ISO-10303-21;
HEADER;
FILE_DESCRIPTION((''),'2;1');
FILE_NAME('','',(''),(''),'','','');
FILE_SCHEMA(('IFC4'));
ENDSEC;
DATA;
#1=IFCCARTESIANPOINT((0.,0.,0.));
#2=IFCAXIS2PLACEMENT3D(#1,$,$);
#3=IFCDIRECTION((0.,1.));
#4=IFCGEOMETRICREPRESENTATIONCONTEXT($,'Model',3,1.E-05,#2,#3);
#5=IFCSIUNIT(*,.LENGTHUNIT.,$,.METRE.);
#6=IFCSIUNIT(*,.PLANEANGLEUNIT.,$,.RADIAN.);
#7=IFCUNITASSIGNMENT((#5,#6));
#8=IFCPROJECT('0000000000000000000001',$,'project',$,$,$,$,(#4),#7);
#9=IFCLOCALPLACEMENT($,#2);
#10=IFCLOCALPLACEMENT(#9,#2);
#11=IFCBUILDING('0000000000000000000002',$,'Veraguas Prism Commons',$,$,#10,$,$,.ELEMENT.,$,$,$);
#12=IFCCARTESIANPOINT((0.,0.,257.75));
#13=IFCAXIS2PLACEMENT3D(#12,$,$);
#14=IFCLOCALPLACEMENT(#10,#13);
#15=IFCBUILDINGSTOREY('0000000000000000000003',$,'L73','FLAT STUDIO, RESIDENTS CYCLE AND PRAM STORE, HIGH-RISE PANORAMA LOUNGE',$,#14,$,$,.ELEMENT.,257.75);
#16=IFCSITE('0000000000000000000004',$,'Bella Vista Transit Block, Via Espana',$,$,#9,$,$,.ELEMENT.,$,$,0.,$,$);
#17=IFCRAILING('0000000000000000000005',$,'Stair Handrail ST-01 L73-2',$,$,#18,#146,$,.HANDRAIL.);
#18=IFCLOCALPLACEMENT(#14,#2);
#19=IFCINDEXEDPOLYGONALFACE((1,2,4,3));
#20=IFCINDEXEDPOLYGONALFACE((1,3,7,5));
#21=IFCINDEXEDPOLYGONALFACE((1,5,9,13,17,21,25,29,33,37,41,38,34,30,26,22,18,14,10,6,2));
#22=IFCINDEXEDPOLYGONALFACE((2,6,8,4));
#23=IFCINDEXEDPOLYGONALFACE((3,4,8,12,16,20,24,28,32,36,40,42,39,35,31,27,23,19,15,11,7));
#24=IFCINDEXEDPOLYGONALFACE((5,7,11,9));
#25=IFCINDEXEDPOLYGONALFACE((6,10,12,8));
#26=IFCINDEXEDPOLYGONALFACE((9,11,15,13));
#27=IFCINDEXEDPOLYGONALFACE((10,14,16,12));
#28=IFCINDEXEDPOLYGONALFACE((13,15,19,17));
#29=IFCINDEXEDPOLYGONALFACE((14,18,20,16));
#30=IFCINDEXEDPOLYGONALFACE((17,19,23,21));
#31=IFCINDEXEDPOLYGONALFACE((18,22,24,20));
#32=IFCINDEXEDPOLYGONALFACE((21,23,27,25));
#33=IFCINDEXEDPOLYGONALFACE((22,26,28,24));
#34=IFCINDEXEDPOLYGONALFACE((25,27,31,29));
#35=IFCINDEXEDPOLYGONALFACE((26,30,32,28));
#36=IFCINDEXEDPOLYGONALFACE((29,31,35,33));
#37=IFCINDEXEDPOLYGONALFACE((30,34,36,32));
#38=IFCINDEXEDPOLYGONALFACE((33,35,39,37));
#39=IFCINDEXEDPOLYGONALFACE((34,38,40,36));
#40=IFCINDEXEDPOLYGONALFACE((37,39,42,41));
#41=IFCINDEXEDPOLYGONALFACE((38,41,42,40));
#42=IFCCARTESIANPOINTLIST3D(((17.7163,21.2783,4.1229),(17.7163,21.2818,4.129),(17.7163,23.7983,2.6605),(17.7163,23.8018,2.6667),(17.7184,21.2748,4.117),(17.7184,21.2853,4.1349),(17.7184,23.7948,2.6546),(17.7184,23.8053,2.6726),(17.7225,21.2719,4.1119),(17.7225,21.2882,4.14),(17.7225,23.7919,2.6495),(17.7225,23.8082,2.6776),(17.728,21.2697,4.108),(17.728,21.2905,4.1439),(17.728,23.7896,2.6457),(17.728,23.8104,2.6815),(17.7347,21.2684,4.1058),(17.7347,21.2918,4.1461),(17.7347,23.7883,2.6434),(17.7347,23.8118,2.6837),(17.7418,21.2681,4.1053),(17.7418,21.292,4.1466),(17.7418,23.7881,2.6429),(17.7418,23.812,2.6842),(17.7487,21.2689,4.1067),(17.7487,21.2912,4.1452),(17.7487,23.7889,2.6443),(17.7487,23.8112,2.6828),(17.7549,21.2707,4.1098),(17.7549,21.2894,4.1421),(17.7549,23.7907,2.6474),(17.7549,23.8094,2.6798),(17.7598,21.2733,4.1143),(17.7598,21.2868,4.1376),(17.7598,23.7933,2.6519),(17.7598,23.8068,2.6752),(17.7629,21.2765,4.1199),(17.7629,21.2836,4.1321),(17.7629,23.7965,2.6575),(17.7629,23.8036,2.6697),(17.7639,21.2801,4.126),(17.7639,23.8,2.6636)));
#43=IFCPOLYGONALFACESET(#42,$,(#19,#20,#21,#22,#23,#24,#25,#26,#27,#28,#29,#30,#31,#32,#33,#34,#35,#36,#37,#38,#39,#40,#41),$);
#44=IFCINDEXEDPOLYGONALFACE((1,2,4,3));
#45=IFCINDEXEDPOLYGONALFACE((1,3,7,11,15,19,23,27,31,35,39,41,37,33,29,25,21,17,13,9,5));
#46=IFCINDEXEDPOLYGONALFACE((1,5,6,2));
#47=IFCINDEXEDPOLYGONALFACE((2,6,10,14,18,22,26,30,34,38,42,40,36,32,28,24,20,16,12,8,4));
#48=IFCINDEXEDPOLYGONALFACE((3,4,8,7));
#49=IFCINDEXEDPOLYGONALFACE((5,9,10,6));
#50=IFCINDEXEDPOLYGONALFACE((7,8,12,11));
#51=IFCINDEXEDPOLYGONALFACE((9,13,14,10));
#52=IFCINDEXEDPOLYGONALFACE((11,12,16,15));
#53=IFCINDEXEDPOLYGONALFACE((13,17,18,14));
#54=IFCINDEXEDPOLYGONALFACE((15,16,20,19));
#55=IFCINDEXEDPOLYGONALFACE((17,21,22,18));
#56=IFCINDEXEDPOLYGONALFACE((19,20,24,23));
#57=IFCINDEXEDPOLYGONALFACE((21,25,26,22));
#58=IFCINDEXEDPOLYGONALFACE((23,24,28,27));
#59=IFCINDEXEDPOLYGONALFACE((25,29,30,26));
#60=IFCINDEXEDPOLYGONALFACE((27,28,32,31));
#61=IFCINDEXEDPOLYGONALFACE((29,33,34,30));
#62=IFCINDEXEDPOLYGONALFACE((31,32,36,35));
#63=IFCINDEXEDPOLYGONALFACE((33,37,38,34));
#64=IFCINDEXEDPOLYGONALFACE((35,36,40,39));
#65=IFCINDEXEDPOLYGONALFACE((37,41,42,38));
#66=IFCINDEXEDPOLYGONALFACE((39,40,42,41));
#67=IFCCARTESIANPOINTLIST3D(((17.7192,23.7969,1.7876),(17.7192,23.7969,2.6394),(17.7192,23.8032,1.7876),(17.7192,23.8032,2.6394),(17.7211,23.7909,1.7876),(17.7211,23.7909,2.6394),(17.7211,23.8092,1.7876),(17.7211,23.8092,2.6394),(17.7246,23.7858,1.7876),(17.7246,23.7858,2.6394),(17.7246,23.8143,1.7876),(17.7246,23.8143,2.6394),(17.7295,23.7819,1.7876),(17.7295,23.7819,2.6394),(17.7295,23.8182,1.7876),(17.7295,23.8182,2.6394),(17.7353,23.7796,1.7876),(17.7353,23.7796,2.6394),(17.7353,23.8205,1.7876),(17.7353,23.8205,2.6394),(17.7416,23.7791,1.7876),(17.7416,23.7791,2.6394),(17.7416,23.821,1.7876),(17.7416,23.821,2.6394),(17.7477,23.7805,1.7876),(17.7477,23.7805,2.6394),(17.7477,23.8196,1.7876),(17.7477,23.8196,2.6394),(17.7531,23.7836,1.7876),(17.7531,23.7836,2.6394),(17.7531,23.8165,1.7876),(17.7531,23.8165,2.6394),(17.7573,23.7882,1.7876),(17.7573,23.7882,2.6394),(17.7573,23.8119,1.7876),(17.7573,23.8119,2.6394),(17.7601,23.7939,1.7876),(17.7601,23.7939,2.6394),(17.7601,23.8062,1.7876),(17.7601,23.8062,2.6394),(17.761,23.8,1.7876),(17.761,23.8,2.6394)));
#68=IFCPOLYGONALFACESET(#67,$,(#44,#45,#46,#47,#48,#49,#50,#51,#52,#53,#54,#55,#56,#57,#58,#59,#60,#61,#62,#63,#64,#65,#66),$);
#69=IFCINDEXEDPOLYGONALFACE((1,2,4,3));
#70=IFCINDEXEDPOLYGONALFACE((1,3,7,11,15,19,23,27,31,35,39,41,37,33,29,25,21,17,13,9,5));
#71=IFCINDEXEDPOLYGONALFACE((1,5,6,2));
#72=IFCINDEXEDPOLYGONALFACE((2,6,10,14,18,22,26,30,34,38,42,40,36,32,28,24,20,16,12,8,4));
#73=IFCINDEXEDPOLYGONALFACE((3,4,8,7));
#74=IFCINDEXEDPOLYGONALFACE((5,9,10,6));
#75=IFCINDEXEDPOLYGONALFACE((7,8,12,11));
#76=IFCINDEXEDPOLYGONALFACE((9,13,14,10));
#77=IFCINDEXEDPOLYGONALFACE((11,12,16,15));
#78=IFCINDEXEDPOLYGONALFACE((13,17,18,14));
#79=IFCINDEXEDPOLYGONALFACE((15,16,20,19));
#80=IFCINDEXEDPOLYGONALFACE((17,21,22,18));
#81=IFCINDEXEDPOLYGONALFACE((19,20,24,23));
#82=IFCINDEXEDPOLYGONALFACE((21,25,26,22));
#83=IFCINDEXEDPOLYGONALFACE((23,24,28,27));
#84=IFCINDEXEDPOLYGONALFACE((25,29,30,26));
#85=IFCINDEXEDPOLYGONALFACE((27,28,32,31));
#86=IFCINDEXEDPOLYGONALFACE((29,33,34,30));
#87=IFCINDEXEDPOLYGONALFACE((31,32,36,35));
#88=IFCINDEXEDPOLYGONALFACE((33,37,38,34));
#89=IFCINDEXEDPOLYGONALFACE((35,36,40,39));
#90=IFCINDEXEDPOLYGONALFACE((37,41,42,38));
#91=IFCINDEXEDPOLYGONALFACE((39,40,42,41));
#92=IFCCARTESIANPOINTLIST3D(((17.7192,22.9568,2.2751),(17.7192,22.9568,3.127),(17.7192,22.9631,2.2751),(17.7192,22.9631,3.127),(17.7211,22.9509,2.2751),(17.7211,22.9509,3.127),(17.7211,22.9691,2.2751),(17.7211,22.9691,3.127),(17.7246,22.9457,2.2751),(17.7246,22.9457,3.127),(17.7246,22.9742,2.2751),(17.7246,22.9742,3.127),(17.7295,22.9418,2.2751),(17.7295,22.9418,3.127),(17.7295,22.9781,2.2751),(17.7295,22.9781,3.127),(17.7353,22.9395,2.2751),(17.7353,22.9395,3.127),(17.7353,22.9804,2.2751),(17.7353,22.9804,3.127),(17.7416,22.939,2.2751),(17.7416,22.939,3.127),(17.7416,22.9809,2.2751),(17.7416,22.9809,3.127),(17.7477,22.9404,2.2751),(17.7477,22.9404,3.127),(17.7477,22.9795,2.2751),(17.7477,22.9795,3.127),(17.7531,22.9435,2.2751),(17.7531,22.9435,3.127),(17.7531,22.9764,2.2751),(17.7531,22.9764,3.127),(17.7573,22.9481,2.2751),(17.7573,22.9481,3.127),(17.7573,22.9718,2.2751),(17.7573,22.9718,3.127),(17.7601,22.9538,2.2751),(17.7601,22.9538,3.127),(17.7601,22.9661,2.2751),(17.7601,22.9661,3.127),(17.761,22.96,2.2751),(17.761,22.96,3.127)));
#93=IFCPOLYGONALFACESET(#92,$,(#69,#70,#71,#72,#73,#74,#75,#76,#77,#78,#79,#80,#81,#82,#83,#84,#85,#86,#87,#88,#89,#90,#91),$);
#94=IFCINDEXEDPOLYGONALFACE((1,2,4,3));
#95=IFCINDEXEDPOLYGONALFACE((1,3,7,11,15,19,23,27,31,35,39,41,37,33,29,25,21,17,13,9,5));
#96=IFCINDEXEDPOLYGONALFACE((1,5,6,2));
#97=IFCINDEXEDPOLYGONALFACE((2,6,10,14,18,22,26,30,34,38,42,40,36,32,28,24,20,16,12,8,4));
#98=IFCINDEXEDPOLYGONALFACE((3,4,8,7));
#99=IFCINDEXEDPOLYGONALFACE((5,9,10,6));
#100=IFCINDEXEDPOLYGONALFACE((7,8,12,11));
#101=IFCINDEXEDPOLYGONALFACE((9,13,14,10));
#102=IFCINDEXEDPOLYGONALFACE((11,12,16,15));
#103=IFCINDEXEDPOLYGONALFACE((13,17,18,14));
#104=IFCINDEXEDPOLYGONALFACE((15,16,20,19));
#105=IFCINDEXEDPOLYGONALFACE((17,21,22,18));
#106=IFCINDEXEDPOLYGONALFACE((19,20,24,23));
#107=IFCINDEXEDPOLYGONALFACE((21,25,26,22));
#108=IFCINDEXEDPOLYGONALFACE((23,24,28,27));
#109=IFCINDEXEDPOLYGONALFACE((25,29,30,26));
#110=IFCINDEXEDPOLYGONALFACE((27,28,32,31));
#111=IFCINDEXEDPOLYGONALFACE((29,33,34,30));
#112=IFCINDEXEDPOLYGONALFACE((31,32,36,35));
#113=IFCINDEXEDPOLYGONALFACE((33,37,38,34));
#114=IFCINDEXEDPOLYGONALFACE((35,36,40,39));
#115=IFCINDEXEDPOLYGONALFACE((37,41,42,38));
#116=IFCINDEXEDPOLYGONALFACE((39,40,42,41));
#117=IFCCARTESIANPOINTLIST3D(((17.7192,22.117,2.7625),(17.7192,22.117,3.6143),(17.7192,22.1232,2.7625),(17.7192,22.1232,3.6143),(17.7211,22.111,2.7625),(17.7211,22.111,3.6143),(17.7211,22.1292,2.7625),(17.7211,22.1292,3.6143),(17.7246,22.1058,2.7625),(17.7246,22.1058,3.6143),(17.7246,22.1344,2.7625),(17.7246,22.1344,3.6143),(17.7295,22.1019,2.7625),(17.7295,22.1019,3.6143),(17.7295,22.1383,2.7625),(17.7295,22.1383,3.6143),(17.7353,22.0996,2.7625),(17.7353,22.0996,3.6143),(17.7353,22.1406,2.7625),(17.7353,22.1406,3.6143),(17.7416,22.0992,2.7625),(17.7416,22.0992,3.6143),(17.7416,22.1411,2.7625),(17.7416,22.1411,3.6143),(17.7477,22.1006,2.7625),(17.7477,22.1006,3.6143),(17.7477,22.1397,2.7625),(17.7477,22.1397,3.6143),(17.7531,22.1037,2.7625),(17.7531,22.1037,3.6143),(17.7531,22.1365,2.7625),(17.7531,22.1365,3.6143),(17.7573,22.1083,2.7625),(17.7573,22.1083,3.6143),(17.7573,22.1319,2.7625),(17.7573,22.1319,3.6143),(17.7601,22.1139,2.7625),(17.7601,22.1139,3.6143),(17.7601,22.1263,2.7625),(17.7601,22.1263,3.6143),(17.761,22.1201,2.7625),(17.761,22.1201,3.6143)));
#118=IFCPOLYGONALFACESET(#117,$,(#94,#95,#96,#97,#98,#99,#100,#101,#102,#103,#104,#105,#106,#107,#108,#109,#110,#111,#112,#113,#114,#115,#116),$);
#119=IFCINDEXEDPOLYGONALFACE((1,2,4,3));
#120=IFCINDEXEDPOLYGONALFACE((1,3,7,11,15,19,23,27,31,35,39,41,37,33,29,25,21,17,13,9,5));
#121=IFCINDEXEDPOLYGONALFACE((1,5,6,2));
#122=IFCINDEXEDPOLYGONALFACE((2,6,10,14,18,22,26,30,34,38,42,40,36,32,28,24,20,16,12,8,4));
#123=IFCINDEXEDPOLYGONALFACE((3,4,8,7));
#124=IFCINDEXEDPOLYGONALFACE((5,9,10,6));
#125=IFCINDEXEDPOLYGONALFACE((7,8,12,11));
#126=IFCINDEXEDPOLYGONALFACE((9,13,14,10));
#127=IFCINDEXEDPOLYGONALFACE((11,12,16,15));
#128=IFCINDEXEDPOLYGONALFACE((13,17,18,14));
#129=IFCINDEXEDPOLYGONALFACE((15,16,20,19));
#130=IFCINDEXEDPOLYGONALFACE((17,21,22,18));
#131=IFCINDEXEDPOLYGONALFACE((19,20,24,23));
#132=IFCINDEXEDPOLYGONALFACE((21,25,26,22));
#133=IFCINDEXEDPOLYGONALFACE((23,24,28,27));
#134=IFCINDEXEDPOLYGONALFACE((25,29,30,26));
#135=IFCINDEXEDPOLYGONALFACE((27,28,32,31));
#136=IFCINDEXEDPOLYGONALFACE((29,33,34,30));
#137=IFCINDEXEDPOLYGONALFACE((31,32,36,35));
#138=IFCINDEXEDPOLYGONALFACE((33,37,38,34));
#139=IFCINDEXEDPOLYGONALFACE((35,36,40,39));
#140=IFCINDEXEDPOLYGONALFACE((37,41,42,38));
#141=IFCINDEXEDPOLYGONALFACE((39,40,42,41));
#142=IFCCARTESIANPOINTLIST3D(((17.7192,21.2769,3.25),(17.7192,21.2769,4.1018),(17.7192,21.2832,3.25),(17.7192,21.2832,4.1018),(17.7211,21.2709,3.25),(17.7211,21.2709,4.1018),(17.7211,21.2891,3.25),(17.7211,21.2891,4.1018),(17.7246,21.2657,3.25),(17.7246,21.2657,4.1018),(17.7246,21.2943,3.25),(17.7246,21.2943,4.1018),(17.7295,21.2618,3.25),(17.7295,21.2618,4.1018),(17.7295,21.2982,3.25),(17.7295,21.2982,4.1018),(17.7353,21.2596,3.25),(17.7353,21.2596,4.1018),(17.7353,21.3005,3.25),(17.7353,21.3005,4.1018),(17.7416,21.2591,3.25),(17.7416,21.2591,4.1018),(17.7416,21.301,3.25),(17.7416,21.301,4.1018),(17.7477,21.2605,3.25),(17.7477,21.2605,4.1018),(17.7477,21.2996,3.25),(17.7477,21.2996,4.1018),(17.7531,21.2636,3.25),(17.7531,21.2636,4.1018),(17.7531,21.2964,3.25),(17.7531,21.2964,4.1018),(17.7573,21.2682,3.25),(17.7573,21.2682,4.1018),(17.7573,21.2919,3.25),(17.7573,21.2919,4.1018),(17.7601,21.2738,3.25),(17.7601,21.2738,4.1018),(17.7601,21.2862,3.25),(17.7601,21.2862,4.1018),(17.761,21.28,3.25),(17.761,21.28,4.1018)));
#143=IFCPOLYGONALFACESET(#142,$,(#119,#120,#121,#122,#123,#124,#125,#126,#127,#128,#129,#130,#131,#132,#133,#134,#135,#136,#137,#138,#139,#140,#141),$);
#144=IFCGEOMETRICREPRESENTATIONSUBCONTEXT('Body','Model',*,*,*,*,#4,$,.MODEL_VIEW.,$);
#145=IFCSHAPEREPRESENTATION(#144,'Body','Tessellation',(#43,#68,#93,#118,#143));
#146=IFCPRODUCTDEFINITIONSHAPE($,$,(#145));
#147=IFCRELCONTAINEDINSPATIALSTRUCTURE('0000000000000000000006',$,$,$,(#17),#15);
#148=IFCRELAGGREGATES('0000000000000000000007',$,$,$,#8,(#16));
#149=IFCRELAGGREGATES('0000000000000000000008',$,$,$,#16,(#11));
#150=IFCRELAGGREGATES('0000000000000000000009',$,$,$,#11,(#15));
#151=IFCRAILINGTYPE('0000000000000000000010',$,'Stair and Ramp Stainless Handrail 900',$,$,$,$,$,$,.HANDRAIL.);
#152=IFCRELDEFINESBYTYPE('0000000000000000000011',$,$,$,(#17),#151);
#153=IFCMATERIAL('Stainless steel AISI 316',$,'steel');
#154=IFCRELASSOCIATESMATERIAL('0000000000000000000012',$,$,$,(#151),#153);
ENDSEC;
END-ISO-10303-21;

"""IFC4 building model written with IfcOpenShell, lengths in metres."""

from ifc_helpers import new_model, si_unit, direction, frame, origin, origin_2d, place, context, subcontext, project, spatial, circle, extrude, material, type_object, element, save


model = new_model("IFC4")

# Units and contexts
model_context = context("Model", 3, precision=1e-05, world=origin(), true_north=direction((0.0, 1.0)))
body_context = subcontext(model_context, "Body", "Model", "MODEL_VIEW")
ifc_project = project(units=[si_unit("LENGTHUNIT", "METRE"), si_unit("PLANEANGLEUNIT", "RADIAN")], contexts=[model_context])

# Site, building, storey
site_placement = place(None, origin())
site = spatial("IfcSite", under=ifc_project, at=site_placement, Name="Bella Vista Transit Block, Via Espana", CompositionType="ELEMENT", RefElevation=0.0)
building_placement = place(site_placement, origin())
building = spatial("IfcBuilding", under=site, at=building_placement, Name="Veraguas Prism Commons", CompositionType="ELEMENT")
storey_placement = place(building_placement, frame((0.0, 0.0, 257.75)))
storey = spatial("IfcBuildingStorey", under=building, at=storey_placement, Name="L73", Description="FLAT STUDIO, RESIDENTS CYCLE AND PRAM STORE, HIGH-RISE PANORAMA LOUNGE", CompositionType="ELEMENT", Elevation=257.75)

# Railing
ifc_material_1 = material(Name="Stainless steel AISI 316", Category="steel")
railing_type_1 = type_object("IfcRailingType", Name="Stair and Ramp Stainless Handrail 900", PredefinedType="HANDRAIL", material=ifc_material_1)
railing_1_placement = place(storey_placement, frame((17.74, 23.8, 1.7876)))
element("IfcRailing", 1, at=railing_1_placement, inside=storey, type_object=railing_type_1, Name="Stair Handrail ST-01 L73-2", PredefinedType="HANDRAIL", context=body_context, shape_type="SweptSolid", body=[
    extrude(circle(Radius=0.0239, at=origin_2d()), frame((0.0, 0.0, 0.876), z_axis=(0.0, -0.864913, 0.501921), x_axis=(1.0, 0.0, 0.0)), (0.0, 0.0, 1.0), 2.9136),
    extrude(circle(Radius=0.021, at=origin_2d()), origin(), (0.0, 0.0, 1.0), 0.8518),
    extrude(circle(Radius=0.021, at=origin_2d()), frame((0.0, -0.8401, 0.4875)), (0.0, 0.0, 1.0), 0.8518),
    extrude(circle(Radius=0.021, at=origin_2d()), frame((0.0, -1.6799, 0.9749)), (0.0, 0.0, 1.0), 0.8518),
    extrude(circle(Radius=0.021, at=origin_2d()), frame((0.0, -2.52, 1.4624)), (0.0, 0.0, 1.0), 0.8518),
])

save(model, "model.ifc")
